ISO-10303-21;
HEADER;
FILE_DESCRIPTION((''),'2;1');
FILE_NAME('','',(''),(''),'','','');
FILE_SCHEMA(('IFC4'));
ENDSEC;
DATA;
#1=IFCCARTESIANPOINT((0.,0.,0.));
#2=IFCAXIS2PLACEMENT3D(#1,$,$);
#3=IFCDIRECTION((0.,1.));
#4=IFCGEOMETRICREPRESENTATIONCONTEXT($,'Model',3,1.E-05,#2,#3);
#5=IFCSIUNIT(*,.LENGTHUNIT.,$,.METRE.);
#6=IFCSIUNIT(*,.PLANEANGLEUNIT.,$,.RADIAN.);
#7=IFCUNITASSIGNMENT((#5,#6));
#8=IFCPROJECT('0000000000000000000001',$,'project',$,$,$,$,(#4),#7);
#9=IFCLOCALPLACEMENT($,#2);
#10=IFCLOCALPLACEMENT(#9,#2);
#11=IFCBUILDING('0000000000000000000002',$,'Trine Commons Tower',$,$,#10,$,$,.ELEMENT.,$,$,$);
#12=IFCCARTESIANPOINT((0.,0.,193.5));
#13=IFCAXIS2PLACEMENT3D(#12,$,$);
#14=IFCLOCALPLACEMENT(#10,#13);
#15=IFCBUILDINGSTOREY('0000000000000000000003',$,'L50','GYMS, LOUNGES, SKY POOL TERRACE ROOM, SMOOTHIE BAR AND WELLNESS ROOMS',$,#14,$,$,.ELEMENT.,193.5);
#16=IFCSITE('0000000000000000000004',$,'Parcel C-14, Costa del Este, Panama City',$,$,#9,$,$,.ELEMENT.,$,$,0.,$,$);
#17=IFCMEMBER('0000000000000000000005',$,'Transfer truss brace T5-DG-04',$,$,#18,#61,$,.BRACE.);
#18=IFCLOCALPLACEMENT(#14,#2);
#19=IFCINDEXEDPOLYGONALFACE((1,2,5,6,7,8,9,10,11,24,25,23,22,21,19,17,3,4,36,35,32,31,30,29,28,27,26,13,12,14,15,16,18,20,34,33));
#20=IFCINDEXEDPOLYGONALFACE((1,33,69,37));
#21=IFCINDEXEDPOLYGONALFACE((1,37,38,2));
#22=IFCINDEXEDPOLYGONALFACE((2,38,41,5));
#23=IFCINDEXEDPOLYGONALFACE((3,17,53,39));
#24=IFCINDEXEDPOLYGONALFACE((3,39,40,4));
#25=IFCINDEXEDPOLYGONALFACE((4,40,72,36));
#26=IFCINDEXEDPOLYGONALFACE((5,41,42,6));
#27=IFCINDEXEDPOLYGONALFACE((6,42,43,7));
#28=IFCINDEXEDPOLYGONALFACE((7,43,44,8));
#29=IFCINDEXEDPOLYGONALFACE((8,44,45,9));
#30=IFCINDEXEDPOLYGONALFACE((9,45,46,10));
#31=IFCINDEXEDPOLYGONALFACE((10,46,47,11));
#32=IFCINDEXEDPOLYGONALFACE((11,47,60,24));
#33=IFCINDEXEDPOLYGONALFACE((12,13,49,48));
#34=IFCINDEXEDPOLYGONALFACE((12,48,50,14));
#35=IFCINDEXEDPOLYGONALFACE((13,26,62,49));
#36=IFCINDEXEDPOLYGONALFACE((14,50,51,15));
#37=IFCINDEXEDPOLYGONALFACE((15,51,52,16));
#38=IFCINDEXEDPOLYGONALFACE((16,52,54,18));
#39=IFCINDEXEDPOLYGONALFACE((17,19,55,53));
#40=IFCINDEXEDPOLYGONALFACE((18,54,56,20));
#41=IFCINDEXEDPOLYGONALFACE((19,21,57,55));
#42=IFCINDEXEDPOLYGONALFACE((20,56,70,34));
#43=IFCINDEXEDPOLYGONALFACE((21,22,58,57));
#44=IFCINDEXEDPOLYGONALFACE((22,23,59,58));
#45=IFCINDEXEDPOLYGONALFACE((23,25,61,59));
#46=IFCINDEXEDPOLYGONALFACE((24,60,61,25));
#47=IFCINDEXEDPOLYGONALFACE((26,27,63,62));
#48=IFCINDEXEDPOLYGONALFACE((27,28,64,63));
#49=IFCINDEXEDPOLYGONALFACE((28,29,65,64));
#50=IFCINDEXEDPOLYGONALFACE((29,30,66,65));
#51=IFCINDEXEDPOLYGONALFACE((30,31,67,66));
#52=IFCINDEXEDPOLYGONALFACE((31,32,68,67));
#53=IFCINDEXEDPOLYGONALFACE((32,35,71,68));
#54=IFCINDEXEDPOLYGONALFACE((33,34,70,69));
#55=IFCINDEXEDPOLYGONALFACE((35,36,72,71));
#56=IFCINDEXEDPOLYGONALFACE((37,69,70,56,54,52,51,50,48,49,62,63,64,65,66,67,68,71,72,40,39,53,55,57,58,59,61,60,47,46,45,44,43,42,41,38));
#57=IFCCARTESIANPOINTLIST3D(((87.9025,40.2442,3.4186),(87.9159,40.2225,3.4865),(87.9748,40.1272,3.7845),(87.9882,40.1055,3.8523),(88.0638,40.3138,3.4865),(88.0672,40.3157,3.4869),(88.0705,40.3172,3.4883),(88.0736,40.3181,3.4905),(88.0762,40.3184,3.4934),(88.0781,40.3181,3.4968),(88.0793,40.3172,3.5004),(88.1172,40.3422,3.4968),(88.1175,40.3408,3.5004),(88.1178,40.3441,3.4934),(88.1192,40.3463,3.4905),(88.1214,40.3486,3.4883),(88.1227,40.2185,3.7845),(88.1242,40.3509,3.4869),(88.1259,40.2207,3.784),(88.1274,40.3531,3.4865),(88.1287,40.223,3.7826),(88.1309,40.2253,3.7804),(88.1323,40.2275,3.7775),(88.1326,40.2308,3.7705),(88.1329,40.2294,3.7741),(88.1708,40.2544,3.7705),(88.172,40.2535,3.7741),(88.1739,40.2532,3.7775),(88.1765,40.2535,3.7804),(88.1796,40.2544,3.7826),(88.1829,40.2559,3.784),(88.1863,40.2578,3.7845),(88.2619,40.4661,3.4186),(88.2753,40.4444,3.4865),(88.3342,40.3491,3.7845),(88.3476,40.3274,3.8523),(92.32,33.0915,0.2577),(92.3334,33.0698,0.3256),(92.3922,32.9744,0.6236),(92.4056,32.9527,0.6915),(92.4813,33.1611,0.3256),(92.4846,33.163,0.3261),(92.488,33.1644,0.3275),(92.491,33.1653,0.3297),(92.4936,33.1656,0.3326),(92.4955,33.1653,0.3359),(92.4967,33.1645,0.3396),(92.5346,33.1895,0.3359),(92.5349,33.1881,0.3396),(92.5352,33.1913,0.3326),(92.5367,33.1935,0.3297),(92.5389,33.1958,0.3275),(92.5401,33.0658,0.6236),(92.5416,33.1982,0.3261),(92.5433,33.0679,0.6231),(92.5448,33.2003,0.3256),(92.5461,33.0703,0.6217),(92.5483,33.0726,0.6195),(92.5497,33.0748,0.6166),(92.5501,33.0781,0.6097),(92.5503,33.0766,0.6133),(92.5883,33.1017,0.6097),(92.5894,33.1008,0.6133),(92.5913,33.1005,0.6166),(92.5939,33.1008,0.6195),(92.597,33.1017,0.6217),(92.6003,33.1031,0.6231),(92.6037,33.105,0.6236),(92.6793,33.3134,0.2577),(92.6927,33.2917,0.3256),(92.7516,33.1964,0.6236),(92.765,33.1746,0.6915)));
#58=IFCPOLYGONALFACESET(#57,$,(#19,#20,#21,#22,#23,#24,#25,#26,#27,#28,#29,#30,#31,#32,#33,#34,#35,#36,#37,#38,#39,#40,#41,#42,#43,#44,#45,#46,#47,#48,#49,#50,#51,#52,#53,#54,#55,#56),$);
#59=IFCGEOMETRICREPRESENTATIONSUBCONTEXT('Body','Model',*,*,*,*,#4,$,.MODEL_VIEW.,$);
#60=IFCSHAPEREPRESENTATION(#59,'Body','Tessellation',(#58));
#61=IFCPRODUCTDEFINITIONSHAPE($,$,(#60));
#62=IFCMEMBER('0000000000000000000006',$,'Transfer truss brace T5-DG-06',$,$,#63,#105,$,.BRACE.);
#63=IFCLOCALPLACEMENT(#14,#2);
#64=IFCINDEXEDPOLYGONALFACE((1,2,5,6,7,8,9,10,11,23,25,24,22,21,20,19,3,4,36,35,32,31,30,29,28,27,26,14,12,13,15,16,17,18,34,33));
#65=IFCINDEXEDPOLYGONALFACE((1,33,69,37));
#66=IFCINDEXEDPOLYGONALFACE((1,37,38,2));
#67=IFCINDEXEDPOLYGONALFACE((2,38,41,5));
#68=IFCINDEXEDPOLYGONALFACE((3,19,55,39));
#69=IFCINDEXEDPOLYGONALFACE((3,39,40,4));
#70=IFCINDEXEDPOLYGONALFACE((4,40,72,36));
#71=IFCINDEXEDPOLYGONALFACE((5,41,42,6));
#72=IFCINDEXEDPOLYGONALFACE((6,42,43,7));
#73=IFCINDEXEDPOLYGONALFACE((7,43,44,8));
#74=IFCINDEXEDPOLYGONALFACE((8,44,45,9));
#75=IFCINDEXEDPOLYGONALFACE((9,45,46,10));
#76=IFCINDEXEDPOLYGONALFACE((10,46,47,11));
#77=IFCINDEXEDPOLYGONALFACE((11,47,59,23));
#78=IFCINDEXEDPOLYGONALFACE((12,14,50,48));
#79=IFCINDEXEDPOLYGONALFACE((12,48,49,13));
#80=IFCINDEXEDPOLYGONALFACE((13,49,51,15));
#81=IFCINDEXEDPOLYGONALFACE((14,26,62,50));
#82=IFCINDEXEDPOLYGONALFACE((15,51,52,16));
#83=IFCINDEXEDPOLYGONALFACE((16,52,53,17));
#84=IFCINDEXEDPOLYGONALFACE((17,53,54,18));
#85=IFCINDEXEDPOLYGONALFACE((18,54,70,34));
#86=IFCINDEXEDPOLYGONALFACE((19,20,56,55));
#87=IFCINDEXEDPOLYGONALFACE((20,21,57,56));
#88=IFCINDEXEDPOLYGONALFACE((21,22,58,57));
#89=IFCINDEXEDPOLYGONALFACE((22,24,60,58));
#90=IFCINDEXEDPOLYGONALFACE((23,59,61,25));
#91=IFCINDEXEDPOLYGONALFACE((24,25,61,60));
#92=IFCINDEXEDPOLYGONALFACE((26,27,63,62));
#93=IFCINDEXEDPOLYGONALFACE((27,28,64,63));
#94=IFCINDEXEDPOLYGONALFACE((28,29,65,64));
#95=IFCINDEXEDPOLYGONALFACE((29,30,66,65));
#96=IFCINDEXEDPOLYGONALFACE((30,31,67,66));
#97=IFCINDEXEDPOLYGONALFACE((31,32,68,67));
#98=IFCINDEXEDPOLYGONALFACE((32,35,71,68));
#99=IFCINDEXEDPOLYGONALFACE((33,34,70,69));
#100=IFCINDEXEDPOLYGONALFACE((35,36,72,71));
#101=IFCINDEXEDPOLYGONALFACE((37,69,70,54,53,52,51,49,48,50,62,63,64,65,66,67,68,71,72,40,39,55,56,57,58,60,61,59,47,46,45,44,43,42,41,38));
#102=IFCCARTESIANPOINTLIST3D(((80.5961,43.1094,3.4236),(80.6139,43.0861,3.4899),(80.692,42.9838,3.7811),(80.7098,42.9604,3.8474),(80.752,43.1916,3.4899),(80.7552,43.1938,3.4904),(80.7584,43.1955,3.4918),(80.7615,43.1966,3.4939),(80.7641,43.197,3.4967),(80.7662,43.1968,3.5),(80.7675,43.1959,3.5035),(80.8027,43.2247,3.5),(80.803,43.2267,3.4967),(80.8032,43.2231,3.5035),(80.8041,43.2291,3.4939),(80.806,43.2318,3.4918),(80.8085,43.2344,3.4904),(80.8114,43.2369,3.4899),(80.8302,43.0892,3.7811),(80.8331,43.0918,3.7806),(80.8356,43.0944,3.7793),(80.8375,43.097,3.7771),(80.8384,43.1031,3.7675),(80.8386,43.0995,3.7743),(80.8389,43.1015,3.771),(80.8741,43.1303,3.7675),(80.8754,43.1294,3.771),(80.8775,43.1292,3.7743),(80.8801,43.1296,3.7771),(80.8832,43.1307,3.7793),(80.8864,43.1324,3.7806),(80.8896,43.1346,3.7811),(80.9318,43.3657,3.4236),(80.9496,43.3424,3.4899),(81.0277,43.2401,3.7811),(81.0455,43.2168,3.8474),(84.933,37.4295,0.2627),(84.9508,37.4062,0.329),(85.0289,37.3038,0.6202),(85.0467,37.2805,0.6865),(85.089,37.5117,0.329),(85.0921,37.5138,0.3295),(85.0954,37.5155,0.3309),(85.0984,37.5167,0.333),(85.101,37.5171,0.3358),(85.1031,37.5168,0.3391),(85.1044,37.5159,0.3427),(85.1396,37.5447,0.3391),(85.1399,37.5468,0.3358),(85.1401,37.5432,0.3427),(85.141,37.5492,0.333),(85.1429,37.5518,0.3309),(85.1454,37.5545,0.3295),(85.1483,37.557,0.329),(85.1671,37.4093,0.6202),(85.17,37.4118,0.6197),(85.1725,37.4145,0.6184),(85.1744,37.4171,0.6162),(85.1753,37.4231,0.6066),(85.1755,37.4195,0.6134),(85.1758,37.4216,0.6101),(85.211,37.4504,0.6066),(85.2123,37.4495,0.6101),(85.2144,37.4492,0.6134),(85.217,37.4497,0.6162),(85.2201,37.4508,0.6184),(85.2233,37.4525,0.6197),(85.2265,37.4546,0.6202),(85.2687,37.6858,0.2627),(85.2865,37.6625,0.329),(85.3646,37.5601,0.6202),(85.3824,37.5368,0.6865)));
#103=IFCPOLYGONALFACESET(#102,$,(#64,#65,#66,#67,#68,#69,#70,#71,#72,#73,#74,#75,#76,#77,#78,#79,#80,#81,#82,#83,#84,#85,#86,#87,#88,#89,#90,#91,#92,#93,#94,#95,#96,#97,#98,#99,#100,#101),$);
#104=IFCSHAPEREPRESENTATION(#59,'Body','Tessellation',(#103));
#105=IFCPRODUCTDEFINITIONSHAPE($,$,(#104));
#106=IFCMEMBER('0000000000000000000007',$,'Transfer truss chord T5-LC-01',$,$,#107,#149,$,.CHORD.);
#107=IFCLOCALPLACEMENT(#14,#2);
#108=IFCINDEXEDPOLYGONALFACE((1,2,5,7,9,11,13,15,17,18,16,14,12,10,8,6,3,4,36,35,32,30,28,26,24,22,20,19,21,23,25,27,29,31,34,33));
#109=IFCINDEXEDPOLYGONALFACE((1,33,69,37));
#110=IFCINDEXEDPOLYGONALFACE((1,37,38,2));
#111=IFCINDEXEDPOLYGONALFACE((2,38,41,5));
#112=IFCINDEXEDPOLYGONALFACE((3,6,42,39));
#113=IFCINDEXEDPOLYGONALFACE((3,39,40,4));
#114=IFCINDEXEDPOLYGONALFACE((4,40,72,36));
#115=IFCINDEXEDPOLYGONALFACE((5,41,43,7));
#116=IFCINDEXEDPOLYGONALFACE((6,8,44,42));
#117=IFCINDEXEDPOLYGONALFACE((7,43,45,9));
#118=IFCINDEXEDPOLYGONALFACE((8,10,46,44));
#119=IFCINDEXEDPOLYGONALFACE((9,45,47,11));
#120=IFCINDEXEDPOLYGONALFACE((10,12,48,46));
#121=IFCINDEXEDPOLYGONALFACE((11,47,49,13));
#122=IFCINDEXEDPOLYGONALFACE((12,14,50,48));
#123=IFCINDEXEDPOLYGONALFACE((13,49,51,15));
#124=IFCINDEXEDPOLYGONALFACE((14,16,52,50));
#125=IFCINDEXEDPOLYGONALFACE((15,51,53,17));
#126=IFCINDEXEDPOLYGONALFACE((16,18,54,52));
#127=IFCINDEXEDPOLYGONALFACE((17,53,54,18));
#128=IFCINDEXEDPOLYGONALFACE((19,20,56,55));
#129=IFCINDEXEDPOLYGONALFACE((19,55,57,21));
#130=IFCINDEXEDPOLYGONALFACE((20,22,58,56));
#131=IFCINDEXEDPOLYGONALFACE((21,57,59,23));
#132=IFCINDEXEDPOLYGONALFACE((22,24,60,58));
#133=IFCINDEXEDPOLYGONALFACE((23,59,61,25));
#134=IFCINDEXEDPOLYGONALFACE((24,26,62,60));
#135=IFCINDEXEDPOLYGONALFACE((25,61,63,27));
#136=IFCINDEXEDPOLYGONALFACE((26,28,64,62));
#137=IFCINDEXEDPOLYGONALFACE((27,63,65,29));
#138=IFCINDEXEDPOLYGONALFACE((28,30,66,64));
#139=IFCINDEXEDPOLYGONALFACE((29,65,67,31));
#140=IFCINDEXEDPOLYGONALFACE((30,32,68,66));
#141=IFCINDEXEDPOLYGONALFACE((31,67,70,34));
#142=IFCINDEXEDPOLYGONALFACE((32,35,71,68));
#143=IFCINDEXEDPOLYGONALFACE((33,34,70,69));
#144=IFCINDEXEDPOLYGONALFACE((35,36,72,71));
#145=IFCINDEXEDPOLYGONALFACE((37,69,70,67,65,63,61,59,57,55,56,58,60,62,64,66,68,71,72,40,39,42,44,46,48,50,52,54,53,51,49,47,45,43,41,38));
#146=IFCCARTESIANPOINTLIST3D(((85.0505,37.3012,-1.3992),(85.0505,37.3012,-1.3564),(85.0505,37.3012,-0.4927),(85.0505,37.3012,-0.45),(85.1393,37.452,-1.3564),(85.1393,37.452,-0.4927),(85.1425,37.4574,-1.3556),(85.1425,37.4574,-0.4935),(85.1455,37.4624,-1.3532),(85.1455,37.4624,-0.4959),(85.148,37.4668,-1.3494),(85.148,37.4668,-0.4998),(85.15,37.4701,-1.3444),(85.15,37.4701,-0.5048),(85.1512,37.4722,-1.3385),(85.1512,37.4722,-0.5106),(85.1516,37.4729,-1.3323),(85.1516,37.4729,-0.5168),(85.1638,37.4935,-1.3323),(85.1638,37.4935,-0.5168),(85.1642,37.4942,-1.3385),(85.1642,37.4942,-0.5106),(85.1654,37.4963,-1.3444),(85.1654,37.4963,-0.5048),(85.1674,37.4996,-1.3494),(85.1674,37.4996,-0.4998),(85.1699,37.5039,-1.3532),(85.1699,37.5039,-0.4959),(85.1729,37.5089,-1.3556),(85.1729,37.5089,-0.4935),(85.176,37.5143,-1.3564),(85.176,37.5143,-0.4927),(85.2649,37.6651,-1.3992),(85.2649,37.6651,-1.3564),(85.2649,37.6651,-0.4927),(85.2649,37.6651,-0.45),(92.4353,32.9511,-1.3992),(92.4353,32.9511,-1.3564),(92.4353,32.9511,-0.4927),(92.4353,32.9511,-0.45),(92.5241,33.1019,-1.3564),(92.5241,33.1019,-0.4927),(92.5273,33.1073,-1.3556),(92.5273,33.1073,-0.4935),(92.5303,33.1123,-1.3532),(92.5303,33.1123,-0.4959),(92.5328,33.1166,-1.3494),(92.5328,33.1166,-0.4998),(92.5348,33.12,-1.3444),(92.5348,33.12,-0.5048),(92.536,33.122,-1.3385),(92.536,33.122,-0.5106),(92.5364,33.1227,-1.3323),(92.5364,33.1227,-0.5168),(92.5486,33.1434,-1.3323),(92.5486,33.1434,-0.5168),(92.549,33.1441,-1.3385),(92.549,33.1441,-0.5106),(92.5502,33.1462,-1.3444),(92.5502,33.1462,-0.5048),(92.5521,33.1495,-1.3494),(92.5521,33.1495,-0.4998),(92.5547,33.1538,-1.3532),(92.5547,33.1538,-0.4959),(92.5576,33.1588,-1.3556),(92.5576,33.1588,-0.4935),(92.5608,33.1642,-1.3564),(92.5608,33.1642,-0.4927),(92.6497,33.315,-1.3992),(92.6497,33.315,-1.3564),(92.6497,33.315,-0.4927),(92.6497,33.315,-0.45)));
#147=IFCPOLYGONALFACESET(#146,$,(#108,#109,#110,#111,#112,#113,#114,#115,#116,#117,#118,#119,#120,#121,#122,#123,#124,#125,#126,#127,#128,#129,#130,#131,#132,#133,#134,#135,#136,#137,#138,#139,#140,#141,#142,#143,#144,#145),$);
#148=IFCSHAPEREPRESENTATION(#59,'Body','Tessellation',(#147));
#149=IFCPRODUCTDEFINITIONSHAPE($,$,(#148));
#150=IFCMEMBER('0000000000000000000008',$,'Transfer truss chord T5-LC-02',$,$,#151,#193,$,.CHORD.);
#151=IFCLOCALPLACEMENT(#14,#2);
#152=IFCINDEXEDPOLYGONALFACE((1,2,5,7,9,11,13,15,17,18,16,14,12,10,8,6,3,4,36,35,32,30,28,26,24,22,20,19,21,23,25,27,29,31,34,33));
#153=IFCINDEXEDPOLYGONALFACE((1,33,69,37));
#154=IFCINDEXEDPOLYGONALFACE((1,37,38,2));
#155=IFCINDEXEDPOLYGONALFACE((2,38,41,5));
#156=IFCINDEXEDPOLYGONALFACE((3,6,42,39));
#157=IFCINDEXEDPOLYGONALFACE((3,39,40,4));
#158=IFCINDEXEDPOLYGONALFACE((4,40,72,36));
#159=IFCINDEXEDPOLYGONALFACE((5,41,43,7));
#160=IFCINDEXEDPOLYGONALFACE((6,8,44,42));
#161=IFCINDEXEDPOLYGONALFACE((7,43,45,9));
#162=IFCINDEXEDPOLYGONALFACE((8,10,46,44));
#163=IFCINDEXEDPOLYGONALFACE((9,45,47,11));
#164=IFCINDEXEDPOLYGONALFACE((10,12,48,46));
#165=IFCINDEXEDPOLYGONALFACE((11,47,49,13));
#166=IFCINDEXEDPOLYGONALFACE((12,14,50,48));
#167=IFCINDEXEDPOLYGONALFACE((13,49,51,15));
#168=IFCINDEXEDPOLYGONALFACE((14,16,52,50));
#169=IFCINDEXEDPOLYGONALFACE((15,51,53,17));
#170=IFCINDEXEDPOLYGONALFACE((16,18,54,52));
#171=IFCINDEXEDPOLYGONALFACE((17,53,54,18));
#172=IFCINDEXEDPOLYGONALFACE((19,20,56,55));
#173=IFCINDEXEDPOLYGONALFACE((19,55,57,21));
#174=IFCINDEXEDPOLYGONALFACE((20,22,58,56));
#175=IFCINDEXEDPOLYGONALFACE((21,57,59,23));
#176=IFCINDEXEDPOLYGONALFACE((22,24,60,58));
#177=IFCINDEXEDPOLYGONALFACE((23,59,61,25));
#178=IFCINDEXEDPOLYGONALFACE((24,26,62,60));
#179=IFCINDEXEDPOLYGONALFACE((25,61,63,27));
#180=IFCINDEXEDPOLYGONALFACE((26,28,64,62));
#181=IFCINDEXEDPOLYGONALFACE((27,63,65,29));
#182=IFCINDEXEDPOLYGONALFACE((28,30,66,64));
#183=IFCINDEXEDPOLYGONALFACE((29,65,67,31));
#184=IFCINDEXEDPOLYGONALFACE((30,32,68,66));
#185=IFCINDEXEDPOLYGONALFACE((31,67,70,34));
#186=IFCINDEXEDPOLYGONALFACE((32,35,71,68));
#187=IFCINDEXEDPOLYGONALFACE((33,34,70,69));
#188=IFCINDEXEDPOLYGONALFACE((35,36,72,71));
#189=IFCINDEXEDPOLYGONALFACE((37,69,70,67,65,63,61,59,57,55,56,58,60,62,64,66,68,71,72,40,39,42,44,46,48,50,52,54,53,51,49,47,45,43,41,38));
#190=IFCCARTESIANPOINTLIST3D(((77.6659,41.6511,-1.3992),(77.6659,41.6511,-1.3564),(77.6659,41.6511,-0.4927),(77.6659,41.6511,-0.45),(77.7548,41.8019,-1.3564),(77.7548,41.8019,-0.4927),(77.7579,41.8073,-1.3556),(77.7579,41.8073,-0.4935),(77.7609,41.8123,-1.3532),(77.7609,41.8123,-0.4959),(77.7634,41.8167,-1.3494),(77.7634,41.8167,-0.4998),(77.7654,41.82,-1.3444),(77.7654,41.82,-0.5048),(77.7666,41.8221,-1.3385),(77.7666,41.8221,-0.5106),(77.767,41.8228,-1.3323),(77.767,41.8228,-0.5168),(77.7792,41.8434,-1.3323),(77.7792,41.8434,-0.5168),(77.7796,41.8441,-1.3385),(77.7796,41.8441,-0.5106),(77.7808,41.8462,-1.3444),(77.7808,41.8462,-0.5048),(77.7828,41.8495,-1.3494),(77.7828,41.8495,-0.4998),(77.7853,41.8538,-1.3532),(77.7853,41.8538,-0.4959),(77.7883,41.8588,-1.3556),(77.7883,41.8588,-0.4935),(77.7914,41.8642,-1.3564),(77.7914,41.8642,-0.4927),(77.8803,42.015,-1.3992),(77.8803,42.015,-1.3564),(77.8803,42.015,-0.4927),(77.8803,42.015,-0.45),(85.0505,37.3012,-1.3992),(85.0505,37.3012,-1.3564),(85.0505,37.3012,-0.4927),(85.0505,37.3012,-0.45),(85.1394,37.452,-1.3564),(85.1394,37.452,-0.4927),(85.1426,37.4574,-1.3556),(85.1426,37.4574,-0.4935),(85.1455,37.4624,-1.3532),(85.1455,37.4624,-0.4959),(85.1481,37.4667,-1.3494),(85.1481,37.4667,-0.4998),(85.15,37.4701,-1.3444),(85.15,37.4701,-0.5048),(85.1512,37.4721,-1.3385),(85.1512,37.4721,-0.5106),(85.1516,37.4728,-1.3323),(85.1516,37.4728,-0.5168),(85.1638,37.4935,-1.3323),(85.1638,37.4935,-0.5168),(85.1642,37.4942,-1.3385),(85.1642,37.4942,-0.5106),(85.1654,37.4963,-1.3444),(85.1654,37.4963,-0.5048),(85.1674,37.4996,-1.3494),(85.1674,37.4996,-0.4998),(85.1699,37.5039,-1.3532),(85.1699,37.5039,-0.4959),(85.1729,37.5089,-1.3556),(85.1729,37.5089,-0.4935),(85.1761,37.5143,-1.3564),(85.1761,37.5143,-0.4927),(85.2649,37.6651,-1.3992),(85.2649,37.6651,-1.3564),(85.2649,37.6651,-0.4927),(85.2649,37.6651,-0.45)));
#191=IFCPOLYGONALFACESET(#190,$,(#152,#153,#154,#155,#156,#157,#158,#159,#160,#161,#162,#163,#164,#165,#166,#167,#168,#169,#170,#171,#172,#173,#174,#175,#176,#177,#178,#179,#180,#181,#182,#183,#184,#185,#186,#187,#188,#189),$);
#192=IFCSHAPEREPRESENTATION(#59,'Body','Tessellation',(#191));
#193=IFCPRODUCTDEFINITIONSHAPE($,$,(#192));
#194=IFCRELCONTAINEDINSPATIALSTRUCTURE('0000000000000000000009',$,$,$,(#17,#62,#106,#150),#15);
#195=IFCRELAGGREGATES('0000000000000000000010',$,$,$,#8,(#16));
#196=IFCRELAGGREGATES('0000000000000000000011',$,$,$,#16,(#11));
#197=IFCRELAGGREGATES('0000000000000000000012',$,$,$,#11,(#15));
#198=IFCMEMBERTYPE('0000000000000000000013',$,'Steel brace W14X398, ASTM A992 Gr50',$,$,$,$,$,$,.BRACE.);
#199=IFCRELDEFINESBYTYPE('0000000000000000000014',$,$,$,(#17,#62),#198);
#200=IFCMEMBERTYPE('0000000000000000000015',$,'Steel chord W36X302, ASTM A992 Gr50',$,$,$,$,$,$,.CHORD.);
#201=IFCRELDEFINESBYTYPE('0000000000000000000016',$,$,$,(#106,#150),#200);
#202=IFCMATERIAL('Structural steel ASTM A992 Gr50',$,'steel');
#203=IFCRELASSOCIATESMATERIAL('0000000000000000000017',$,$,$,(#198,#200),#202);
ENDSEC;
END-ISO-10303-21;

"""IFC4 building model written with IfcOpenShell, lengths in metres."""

from ifc_helpers import new_model, si_unit, direction, frame, origin, origin_2d, place, context, subcontext, project, spatial, i_section, extrude, material, material_profile, profile_set, type_object, element, save


model = new_model("IFC4")

# Units and contexts
model_context = context("Model", 3, precision=1e-05, world=origin(), true_north=direction((0.0, 1.0)))
body_context = subcontext(model_context, "Body", "Model", "MODEL_VIEW")
ifc_project = project(units=[si_unit("LENGTHUNIT", "METRE"), si_unit("PLANEANGLEUNIT", "RADIAN")], contexts=[model_context])

# Site, building, storey
site_placement = place(None, origin())
site = spatial("IfcSite", under=ifc_project, at=site_placement, Name="Parcel C-14, Costa del Este, Panama City", CompositionType="ELEMENT", RefElevation=0.0)
building_placement = place(site_placement, origin())
building = spatial("IfcBuilding", under=site, at=building_placement, Name="Trine Commons Tower", CompositionType="ELEMENT")
storey_placement = place(building_placement, frame((0.0, 0.0, 193.5)))
storey = spatial("IfcBuildingStorey", under=building, at=storey_placement, Name="L50", Description="GYMS, LOUNGES, SKY POOL TERRACE ROOM, SMOOTHIE BAR AND WELLNESS ROOMS", CompositionType="ELEMENT", Elevation=193.5)

# Members
ifc_material_1 = material(Name="Structural steel ASTM A992 Gr50", Category="steel")
ifc_material_profile_1 = material_profile(ifc_material_1, i_section(OverallWidth=0.4224, OverallDepth=0.4634, WebThickness=0.0449, FlangeThickness=0.0725, FilletRadius=0.0149, at=origin_2d()), Name="W14X398")
ifc_profile_set_1 = profile_set([ifc_material_profile_1], Name="Structural steel ASTM A992 Gr50")
member_type_1 = type_object("IfcMemberType", Name="Steel brace W14X398, ASTM A992 Gr50", PredefinedType="BRACE", material=ifc_profile_set_1)
member_1_placement = place(storey_placement, frame((92.5425, 33.1331, 0.4746), z_axis=(-0.491839, 0.796391, 0.351931), x_axis=(-0.850822, -0.525455, 0.0)))
element("IfcMember", 1, at=member_1_placement, inside=storey, type_object=member_type_1, Name="Transfer truss brace T5-DG-04", PredefinedType="BRACE", context=body_context, shape_type="SweptSolid", body=[
    extrude(i_section(OverallWidth=0.4224, OverallDepth=0.4634, WebThickness=0.0449, FlangeThickness=0.0725, FilletRadius=0.0149, at=origin_2d()), origin(), (0.0, 0.0, 1.0), 8.9814),
])
member_2_placement = place(storey_placement, frame((85.1577, 37.4832, 0.4746), z_axis=(-0.555004, 0.726873, 0.404506), x_axis=(-0.794801, -0.60687, 0.0)))
element("IfcMember", 2, at=member_2_placement, inside=storey, type_object=member_type_1, Name="Transfer truss brace T5-DG-06", PredefinedType="BRACE", context=body_context, shape_type="SweptSolid", body=[
    extrude(i_section(OverallWidth=0.4224, OverallDepth=0.4634, WebThickness=0.0449, FlangeThickness=0.0725, FilletRadius=0.0149, at=origin_2d()), origin(), (0.0, 0.0, 1.0), 7.8142),
])
ifc_material_profile_2 = material_profile(ifc_material_1, i_section(OverallWidth=0.4224, OverallDepth=0.9492, WebThickness=0.0239, FlangeThickness=0.0427, FilletRadius=0.0242, at=origin_2d()), Name="W36X302")
ifc_profile_set_2 = profile_set([ifc_material_profile_2], Name="Structural steel ASTM A992 Gr50")
member_type_2 = type_object("IfcMemberType", Name="Steel chord W36X302, ASTM A992 Gr50", PredefinedType="CHORD", material=ifc_profile_set_2)
member_3_placement = place(storey_placement, frame((92.5425, 33.1331, -0.9246), z_axis=(-0.861622, 0.50755, 0.0), x_axis=(-0.50755, -0.861622, 0.0)))
element("IfcMember", 3, at=member_3_placement, inside=storey, type_object=member_type_2, Name="Transfer truss chord T5-LC-01", PredefinedType="CHORD", context=body_context, shape_type="SweptSolid", body=[
    extrude(i_section(OverallWidth=0.4224, OverallDepth=0.9492, WebThickness=0.0239, FlangeThickness=0.0427, FilletRadius=0.0242, at=origin_2d()), origin(), (0.0, 0.0, 1.0), 8.5708),
])
member_4_placement = place(storey_placement, frame((85.1577, 37.4832, -0.9246), z_axis=(-0.861627, 0.507542, 0.0), x_axis=(-0.507542, -0.861627, 0.0)))
element("IfcMember", 4, at=member_4_placement, inside=storey, type_object=member_type_2, Name="Transfer truss chord T5-LC-02", PredefinedType="CHORD", context=body_context, shape_type="SweptSolid", body=[
    extrude(i_section(OverallWidth=0.4224, OverallDepth=0.9492, WebThickness=0.0239, FlangeThickness=0.0427, FilletRadius=0.0242, at=origin_2d()), origin(), (0.0, 0.0, 1.0), 8.5706),
])

save(model, "model.ifc")
